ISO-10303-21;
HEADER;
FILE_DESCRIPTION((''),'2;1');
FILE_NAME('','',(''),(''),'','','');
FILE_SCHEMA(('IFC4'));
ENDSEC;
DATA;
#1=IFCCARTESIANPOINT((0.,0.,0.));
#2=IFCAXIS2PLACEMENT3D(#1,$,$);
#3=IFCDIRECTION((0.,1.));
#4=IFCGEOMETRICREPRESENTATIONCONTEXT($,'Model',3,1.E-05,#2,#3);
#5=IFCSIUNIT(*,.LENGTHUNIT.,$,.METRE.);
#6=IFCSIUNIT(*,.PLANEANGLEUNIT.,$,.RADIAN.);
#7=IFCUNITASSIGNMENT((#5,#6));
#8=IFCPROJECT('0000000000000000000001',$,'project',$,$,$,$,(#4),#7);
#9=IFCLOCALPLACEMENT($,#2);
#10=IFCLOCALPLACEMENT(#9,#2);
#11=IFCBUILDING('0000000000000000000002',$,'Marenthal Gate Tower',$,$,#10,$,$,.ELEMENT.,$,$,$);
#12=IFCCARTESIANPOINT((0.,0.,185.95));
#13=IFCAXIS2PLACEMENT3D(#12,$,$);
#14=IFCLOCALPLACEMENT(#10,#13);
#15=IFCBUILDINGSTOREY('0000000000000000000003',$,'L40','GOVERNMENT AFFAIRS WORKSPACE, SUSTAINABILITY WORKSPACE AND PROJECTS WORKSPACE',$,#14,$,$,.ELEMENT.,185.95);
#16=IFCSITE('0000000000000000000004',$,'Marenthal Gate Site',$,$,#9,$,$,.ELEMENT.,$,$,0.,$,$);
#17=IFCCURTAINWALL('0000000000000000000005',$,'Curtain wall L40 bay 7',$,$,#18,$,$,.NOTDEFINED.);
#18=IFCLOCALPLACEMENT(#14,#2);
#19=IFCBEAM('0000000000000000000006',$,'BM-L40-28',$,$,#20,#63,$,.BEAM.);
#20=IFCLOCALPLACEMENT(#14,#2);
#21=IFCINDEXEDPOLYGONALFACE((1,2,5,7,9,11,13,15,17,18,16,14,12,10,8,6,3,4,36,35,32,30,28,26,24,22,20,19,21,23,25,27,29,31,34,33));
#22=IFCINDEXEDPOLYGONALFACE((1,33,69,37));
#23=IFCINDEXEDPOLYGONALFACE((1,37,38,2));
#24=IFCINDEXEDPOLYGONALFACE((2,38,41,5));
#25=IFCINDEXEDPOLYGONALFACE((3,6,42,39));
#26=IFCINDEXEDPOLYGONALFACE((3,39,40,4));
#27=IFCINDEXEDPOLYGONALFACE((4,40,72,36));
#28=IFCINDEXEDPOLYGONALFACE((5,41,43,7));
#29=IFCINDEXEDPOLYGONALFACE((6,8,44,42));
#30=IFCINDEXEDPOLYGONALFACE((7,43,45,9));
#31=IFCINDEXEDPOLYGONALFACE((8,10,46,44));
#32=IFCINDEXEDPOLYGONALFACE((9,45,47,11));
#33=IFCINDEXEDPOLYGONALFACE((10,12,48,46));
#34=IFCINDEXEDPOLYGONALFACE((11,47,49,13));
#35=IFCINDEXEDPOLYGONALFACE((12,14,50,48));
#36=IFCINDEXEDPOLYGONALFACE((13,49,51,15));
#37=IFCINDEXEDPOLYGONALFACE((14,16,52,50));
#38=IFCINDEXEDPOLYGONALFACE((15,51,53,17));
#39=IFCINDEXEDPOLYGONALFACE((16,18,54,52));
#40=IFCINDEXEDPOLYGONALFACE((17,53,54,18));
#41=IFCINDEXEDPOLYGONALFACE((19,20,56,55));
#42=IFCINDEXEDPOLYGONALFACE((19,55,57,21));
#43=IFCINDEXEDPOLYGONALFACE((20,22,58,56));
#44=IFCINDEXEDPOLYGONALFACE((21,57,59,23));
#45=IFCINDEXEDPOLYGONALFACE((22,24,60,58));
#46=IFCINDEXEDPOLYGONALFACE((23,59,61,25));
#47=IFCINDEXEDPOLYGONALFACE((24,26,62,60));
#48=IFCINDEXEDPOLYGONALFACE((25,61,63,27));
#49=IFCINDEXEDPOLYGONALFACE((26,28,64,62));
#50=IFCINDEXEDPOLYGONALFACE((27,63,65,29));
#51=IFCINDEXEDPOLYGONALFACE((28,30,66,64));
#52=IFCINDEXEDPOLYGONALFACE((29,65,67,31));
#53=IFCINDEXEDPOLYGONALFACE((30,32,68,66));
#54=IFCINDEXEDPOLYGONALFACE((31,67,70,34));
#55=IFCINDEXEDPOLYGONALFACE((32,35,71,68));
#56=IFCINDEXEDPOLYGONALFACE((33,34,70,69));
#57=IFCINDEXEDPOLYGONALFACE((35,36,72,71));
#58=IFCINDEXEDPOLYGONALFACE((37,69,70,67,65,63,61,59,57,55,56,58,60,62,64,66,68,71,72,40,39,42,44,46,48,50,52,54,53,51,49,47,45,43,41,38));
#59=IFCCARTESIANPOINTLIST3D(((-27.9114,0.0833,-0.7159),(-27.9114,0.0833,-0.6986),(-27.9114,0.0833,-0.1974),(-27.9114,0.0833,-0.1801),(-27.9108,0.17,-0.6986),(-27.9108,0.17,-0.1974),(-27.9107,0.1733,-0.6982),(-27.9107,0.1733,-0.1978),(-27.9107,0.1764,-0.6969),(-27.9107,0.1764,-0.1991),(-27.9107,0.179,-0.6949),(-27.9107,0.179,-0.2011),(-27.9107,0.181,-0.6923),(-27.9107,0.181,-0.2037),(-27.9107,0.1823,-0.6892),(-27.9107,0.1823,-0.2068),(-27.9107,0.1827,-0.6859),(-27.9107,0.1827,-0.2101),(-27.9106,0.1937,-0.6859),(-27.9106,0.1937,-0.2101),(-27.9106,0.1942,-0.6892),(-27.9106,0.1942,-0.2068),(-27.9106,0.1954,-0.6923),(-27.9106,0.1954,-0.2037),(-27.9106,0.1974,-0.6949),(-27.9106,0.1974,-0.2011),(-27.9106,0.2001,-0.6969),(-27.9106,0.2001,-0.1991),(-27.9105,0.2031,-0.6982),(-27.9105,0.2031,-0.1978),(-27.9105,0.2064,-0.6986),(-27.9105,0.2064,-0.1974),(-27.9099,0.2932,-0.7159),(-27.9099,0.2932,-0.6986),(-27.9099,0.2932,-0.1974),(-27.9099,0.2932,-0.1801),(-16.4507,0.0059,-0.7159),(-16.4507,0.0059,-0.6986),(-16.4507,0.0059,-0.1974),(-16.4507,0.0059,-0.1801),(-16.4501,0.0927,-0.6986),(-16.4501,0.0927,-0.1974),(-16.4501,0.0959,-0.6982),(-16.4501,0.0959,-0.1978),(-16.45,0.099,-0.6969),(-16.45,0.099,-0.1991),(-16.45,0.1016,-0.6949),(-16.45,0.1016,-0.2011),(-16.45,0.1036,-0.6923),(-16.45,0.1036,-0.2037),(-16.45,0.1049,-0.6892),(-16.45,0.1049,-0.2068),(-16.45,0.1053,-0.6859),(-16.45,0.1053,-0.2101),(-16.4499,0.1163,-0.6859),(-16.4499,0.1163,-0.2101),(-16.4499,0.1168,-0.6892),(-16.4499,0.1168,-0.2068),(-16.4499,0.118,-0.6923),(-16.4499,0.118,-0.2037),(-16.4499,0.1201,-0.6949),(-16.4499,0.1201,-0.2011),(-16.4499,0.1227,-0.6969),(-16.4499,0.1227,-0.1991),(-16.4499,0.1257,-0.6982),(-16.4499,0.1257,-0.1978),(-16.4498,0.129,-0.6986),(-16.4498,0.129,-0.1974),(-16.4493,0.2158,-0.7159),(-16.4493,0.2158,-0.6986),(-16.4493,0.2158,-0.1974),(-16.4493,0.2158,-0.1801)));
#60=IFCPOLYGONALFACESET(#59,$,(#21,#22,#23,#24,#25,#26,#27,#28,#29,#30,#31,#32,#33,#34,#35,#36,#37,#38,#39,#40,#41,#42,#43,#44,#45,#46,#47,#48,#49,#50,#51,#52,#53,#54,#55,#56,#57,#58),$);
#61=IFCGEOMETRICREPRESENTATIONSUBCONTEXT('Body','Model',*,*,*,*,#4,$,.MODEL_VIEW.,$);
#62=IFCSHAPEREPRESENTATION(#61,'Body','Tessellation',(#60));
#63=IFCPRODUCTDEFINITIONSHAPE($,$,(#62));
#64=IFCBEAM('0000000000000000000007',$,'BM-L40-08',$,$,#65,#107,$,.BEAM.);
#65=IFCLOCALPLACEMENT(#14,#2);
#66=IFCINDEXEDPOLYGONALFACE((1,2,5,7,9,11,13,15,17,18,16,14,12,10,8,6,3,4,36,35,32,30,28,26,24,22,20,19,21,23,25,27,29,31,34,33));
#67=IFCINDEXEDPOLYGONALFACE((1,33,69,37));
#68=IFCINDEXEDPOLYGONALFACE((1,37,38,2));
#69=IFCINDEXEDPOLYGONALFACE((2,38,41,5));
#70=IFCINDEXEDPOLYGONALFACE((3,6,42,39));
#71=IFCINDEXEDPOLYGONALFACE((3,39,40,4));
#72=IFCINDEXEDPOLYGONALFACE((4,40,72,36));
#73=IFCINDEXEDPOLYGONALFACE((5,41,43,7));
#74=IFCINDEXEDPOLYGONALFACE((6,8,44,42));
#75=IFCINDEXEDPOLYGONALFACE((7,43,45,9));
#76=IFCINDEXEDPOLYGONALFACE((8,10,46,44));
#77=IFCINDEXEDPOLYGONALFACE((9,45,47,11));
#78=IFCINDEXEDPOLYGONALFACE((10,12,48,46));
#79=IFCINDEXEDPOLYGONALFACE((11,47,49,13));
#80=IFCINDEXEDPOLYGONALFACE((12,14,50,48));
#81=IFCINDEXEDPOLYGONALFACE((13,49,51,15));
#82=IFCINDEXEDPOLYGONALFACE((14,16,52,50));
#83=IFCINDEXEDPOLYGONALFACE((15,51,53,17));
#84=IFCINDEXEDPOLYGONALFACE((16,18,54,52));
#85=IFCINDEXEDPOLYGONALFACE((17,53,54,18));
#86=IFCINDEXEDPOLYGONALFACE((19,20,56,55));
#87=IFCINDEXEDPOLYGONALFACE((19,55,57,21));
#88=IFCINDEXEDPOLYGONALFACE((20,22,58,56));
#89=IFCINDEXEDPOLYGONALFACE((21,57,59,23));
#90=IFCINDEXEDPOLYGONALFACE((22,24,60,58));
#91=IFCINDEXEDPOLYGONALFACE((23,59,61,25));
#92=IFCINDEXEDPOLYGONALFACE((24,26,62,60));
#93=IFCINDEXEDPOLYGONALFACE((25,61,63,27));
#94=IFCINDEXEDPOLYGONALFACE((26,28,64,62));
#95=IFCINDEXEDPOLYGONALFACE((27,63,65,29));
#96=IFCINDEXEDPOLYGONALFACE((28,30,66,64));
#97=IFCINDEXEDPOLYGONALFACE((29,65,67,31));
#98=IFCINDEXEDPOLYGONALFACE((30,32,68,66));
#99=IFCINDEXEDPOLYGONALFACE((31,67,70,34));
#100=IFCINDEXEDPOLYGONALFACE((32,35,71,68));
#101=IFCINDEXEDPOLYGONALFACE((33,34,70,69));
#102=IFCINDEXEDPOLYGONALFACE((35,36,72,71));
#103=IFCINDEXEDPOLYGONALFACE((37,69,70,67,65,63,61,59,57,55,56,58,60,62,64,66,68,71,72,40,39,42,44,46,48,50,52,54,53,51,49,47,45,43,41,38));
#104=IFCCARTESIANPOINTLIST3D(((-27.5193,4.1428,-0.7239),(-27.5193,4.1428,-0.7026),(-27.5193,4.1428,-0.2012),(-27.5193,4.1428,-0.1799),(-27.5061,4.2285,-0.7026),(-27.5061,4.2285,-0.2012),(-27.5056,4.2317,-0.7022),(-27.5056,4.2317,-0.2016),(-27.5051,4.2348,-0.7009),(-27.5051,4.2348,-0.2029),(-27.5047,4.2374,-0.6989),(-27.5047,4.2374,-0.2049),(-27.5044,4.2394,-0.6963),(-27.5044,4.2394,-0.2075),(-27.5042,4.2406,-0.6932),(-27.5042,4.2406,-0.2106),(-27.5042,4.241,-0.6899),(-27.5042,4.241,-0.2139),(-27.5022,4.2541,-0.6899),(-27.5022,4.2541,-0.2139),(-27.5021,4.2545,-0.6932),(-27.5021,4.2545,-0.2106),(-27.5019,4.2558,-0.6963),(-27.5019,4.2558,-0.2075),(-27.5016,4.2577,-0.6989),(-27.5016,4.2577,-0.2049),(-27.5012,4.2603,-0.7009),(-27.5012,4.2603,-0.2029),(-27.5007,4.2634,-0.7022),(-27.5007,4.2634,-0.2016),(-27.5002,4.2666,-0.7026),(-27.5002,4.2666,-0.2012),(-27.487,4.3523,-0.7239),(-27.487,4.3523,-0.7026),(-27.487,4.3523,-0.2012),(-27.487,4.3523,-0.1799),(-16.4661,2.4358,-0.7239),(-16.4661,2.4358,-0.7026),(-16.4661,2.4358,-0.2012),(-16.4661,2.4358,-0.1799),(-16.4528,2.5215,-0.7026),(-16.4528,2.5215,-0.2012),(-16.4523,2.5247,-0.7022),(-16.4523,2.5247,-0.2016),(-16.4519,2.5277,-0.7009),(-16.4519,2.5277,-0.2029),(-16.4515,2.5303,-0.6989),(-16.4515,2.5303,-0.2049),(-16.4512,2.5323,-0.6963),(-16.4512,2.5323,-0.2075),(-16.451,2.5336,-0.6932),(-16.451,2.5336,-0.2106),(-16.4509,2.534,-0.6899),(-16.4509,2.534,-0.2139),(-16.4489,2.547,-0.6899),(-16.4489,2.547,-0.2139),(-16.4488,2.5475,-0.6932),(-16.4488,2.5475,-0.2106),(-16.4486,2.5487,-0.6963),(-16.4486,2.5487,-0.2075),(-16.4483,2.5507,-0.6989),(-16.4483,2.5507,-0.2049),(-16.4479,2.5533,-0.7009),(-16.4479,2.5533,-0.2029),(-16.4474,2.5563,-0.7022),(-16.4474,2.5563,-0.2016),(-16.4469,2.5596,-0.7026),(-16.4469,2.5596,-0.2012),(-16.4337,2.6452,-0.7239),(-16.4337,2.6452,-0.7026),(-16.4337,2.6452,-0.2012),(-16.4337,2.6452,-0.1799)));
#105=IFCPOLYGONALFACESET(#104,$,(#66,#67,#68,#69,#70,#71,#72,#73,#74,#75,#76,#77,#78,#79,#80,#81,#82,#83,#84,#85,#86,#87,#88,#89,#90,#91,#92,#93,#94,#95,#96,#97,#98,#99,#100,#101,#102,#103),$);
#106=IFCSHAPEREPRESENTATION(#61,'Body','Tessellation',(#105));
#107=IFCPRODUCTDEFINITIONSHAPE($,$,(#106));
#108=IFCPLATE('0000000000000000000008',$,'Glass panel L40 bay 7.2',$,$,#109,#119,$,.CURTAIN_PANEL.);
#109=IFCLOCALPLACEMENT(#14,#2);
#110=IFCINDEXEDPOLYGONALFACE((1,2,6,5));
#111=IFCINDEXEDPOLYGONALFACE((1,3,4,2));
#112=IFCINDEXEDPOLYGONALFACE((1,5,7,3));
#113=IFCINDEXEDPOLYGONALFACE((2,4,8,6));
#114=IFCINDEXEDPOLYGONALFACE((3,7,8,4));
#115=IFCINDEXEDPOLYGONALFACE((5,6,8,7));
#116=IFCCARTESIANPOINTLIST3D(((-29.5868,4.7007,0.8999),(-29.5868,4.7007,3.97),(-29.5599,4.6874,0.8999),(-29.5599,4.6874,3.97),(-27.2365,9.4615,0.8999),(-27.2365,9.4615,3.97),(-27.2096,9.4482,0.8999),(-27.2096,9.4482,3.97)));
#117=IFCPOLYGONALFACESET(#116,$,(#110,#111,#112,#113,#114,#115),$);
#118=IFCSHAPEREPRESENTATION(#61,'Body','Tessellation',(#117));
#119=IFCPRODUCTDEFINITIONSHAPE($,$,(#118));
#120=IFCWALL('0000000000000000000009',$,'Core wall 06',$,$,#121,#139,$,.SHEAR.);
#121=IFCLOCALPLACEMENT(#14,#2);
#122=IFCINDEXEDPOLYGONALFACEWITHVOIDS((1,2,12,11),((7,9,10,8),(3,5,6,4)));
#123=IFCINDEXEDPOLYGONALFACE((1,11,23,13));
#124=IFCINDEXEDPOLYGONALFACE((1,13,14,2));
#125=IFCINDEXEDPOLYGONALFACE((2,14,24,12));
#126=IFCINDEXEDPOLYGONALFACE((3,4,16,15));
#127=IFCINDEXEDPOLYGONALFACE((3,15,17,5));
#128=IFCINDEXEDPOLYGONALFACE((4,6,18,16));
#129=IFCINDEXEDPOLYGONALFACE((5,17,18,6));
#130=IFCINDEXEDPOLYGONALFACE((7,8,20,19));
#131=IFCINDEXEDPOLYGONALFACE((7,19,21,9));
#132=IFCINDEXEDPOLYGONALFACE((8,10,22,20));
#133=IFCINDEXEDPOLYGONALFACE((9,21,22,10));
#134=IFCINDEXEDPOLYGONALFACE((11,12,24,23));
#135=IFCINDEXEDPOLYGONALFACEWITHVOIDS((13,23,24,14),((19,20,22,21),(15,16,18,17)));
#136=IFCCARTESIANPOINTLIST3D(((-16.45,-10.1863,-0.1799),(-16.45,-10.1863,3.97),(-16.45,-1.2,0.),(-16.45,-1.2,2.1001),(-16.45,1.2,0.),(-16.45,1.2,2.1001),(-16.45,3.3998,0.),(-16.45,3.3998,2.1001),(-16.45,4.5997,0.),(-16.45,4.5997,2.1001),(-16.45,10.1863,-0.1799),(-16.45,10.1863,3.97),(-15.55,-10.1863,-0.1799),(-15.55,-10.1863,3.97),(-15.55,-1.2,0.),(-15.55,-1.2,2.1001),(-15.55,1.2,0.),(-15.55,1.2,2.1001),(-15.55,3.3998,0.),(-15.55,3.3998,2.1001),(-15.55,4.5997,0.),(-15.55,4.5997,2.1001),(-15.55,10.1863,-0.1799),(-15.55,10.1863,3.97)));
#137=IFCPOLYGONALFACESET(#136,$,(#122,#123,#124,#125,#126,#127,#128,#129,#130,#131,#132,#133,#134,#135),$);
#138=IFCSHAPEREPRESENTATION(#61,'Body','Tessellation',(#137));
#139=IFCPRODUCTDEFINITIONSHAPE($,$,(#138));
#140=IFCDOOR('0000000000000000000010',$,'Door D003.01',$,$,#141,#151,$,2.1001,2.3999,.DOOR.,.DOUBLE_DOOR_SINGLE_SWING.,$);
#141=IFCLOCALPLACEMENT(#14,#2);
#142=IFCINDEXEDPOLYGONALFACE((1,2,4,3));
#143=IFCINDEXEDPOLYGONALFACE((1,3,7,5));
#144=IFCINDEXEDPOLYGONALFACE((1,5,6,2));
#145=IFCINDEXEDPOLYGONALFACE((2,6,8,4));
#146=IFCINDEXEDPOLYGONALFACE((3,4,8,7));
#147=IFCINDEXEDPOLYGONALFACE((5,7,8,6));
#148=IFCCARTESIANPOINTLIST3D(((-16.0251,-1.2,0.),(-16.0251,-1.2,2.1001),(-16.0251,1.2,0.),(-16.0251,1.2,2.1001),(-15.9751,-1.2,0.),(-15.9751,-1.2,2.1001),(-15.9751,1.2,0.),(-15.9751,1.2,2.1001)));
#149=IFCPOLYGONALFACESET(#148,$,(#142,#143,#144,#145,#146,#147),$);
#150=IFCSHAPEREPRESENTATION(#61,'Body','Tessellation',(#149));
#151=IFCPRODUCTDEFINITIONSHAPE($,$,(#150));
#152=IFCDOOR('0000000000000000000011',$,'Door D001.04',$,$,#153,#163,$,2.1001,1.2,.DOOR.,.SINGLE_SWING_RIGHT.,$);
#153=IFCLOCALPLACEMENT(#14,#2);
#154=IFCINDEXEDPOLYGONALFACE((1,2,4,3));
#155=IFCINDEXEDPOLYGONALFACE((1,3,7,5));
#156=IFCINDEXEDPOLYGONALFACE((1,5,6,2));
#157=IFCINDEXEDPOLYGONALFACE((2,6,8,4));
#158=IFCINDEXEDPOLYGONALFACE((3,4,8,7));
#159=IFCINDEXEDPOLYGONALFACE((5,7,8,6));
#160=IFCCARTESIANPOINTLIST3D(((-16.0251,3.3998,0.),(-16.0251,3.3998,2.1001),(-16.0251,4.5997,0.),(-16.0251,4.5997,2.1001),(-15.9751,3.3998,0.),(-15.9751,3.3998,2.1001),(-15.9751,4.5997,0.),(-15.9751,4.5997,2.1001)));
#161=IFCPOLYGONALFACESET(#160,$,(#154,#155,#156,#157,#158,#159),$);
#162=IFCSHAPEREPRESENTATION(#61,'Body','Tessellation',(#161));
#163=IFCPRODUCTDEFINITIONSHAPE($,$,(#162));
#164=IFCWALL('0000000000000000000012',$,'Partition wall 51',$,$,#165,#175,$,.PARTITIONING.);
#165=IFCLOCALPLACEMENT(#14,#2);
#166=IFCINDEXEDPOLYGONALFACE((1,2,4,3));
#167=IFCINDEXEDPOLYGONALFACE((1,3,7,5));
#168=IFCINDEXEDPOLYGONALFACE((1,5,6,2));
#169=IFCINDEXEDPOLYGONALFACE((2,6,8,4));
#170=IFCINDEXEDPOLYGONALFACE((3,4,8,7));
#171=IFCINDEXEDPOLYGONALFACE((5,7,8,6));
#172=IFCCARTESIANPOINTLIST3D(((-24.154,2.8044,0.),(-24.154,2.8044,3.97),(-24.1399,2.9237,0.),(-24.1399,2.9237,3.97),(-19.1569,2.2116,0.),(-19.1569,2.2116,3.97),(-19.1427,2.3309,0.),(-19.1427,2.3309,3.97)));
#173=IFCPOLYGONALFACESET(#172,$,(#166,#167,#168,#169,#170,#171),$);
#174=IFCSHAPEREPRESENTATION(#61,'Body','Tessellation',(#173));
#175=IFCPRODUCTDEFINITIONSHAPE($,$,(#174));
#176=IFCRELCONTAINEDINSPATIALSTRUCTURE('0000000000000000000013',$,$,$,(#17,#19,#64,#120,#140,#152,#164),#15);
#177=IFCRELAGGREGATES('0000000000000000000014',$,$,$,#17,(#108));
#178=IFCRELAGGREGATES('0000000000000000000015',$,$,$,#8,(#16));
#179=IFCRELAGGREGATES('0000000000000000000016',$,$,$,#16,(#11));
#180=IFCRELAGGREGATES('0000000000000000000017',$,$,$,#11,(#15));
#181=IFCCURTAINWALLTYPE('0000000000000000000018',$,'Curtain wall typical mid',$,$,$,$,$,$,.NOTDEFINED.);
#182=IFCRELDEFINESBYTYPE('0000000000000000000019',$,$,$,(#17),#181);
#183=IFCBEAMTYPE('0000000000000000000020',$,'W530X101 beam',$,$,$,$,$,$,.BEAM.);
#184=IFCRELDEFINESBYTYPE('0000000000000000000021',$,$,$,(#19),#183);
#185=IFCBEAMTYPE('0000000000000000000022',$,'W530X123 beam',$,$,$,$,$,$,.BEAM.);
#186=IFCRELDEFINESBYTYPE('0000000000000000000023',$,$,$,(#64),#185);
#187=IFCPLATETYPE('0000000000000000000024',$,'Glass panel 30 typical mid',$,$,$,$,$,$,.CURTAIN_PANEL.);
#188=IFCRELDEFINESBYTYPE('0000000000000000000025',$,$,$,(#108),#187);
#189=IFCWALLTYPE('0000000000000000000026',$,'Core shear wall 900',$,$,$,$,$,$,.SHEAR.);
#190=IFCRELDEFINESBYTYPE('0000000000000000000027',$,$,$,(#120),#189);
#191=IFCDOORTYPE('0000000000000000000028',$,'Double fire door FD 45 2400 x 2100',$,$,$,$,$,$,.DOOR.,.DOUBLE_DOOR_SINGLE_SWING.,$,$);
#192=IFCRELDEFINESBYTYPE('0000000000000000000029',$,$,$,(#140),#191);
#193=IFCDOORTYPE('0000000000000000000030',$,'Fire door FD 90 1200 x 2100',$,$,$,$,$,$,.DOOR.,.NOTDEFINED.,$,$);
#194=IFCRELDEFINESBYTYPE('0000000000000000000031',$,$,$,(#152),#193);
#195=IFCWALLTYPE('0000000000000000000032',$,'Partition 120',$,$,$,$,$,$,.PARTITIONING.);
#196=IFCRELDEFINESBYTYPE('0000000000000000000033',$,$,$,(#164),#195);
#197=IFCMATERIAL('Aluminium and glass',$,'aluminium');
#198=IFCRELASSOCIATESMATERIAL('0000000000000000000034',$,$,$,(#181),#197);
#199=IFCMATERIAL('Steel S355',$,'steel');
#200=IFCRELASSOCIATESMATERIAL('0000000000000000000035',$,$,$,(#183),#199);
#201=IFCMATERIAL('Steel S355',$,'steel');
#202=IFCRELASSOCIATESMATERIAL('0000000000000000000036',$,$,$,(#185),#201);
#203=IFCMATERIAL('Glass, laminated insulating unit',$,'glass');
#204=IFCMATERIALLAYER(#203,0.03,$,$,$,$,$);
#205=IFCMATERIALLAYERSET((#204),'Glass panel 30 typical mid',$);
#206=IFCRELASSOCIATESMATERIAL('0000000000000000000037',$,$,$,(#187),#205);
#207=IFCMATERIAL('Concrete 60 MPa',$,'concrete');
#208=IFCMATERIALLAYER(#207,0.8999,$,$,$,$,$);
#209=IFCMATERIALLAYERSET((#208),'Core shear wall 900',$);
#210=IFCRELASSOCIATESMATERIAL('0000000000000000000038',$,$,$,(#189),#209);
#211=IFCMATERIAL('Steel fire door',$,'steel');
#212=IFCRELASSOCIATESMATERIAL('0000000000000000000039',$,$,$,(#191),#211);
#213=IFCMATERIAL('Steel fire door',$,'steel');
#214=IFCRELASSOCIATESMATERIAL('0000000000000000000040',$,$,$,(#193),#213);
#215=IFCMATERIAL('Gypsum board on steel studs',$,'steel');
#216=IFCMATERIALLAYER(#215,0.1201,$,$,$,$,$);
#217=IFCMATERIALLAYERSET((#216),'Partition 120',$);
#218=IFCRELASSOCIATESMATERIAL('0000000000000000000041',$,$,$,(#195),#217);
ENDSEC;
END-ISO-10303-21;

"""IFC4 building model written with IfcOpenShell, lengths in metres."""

from ifc_helpers import new_model, si_unit, direction, frame, frame_2d, origin, origin_2d, place, context, subcontext, project, spatial, rectangle, i_section, extrude, material, layer, layer_set, material_profile, profile_set, type_object, element, fill, aggregate, save


model = new_model("IFC4")

# Units and contexts
model_context = context("Model", 3, precision=1e-05, world=origin(), true_north=direction((0.0, 1.0)))
body_context = subcontext(model_context, "Body", "Model", "MODEL_VIEW")
ifc_project = project(units=[si_unit("LENGTHUNIT", "METRE"), si_unit("PLANEANGLEUNIT", "RADIAN")], contexts=[model_context])

# Site, building, storey
site_placement = place(None, origin())
site = spatial("IfcSite", under=ifc_project, at=site_placement, Name="Marenthal Gate Site", CompositionType="ELEMENT", RefElevation=0.0)
building_placement = place(site_placement, origin())
building = spatial("IfcBuilding", under=site, at=building_placement, Name="Marenthal Gate Tower", CompositionType="ELEMENT")
storey_placement = place(building_placement, frame((0.0, 0.0, 185.95)))
storey = spatial("IfcBuildingStorey", under=building, at=storey_placement, Name="L40", Description="GOVERNMENT AFFAIRS WORKSPACE, SUSTAINABILITY WORKSPACE AND PROJECTS WORKSPACE", CompositionType="ELEMENT", Elevation=185.95)

# Curtain wall
ifc_material_1 = material(Name="Aluminium and glass", Category="aluminium")
curtain_wall_type = type_object("IfcCurtainWallType", Name="Curtain wall typical mid", PredefinedType="NOTDEFINED", material=ifc_material_1)
curtain_wall_placement = place(storey_placement, origin())
curtain_wall = element("IfcCurtainWall", 1, at=curtain_wall_placement, inside=storey, type_object=curtain_wall_type, Name="Curtain wall L40 bay 7", PredefinedType="NOTDEFINED")

# Beams
ifc_material_2 = material(Name="Steel S355", Category="steel")
ifc_material_profile_1 = material_profile(ifc_material_2, i_section(OverallWidth=0.21, OverallDepth=0.5359, WebThickness=0.011, FlangeThickness=0.0173, FilletRadius=0.0127, at=origin_2d()), Name="W530X101")
ifc_profile_set_1 = profile_set([ifc_material_profile_1], Name="Steel S355")
beam_type_1 = type_object("IfcBeamType", Name="W530X101 beam", PredefinedType="BEAM", material=ifc_profile_set_1)
beam_1_placement = place(storey_placement, frame((-27.9106, 0.1882, -0.448), z_axis=(0.999977, -0.006753, 0.0), x_axis=(0.006753, 0.999977, 0.0)))
element("IfcBeam", 2, at=beam_1_placement, inside=storey, type_object=beam_type_1, Name="BM-L40-28", PredefinedType="BEAM", context=body_context, shape_type="SweptSolid", body=[
    extrude(i_section(OverallWidth=0.21, OverallDepth=0.5359, WebThickness=0.011, FlangeThickness=0.0173, FilletRadius=0.0127, at=origin_2d()), origin(), (0.0, 0.0, 1.0), 11.4609),
])
ifc_material_3 = material(Name="Steel S355", Category="steel")
ifc_material_profile_2 = material_profile(ifc_material_3, i_section(OverallWidth=0.2119, OverallDepth=0.5439, WebThickness=0.0132, FlangeThickness=0.0212, FilletRadius=0.0127, at=origin_2d()), Name="W530X123")
ifc_profile_set_2 = profile_set([ifc_material_profile_2], Name="Steel S355")
beam_type_2 = type_object("IfcBeamType", Name="W530X123 beam", PredefinedType="BEAM", material=ifc_profile_set_2)
beam_2_placement = place(storey_placement, frame((-27.5032, 4.2476, -0.4519), z_axis=(0.988284, -0.152628, 0.0), x_axis=(0.152628, 0.988284, 0.0)))
element("IfcBeam", 3, at=beam_2_placement, inside=storey, type_object=beam_type_2, Name="BM-L40-08", PredefinedType="BEAM", context=body_context, shape_type="SweptSolid", body=[
    extrude(i_section(OverallWidth=0.2119, OverallDepth=0.5439, WebThickness=0.0132, FlangeThickness=0.0212, FilletRadius=0.0127, at=origin_2d()), origin(), (0.0, 0.0, 1.0), 11.1843),
])

# Plate
ifc_material_4 = material(Name="Glass, laminated insulating unit", Category="glass")
ifc_layer_1 = layer(ifc_material_4, 0.03)
ifc_layer_set_1 = layer_set([ifc_layer_1], Name="Glass panel 30 typical mid")
plate_type = type_object("IfcPlateType", Name="Glass panel 30 typical mid", PredefinedType="CURTAIN_PANEL", material=ifc_layer_set_1)
plate_placement = place(storey_placement, frame((-28.3982, 7.0745, 0.8999), z_axis=(0.0, 0.0, 1.0), x_axis=(-0.442678, -0.896681, 0.0)))
plate = element("IfcPlate", 4, at=plate_placement, type_object=plate_type, Name="Glass panel L40 bay 7.2", PredefinedType="CURTAIN_PANEL", context=body_context, shape_type="SweptSolid", body=[
    extrude(rectangle(XDim=5.3093, YDim=0.03, at=origin_2d()), origin(), (0.0, 0.0, 1.0), 3.0701),
])
aggregate(curtain_wall, [plate])

# Wall, openings, doors
ifc_material_5 = material(Name="Concrete 60 MPa", Category="concrete")
ifc_layer_2 = layer(ifc_material_5, 0.8999)
ifc_layer_set_2 = layer_set([ifc_layer_2], Name="Core shear wall 900")
wall_type_1 = type_object("IfcWallType", Name="Core shear wall 900", PredefinedType="SHEAR", material=ifc_layer_set_2)
wall_1_placement = place(storey_placement, frame((-16.0, 10.1863, -0.1799), z_axis=(0.0, 0.0, 1.0), x_axis=(0.0, -1.0, 0.0)))
wall_1 = element("IfcWall", 5, at=wall_1_placement, inside=storey, type_object=wall_type_1, Name="Core wall 06", PredefinedType="SHEAR", context=body_context, shape_type="SweptSolid", body=[
    extrude(rectangle(XDim=20.3726, YDim=0.8999, at=frame_2d((10.1863, 0.0))), origin(), (0.0, 0.0, 1.0), 4.1499),
])
opening_1_placement = place(wall_1_placement, frame((8.9863, 0.0, 0.1799)))
opening_1 = element("IfcOpeningElement", 6, at=opening_1_placement, cuts=wall_1, PredefinedType="OPENING", context=body_context, shape_type="SweptSolid", body=[
    extrude(rectangle(XDim=2.3999, YDim=2.1001, at=frame_2d((1.2, 1.05))), frame((0.0, 0.46, 0.0), z_axis=(0.0, -1.0, 0.0), x_axis=(1.0, 0.0, 0.0)), (0.0, 0.0, 1.0), 0.9199),
])
opening_2_placement = place(wall_1_placement, frame((5.5864, 0.0, 0.1799)))
opening_2 = element("IfcOpeningElement", 7, at=opening_2_placement, cuts=wall_1, PredefinedType="OPENING", context=body_context, shape_type="SweptSolid", body=[
    extrude(rectangle(XDim=1.2, YDim=2.1001, at=frame_2d((0.6001, 1.05))), frame((0.0, 0.46, 0.0), z_axis=(0.0, -1.0, 0.0), x_axis=(1.0, 0.0, 0.0)), (0.0, 0.0, 1.0), 0.9199),
])
ifc_material_6 = material(Name="Steel fire door", Category="steel")
door_type_1 = type_object("IfcDoorType", Name="Double fire door FD 45 2400 x 2100", OperationType="DOUBLE_DOOR_SINGLE_SWING", PredefinedType="DOOR", material=ifc_material_6)
door_1_placement = place(opening_1_placement, origin())
door_1 = element("IfcDoor", 8, at=door_1_placement, inside=storey, type_object=door_type_1, Name="Door D003.01", OperationType="DOUBLE_DOOR_SINGLE_SWING", OverallHeight=2.1001, OverallWidth=2.3999, PredefinedType="DOOR", context=body_context, shape_type="SweptSolid", body=[
    extrude(rectangle(XDim=2.3999, YDim=2.1001, at=frame_2d((1.2, 1.05))), frame((0.0, 0.0249, 0.0), z_axis=(0.0, -1.0, 0.0), x_axis=(1.0, 0.0, 0.0)), (0.0, 0.0, 1.0), 0.05),
])
fill(opening_1, door_1)
ifc_material_7 = material(Name="Steel fire door", Category="steel")
door_type_2 = type_object("IfcDoorType", Name="Fire door FD 90 1200 x 2100", OperationType="NOTDEFINED", PredefinedType="DOOR", material=ifc_material_7)
door_2_placement = place(opening_2_placement, origin())
door_2 = element("IfcDoor", 9, at=door_2_placement, inside=storey, type_object=door_type_2, Name="Door D001.04", OperationType="SINGLE_SWING_RIGHT", OverallHeight=2.1001, OverallWidth=1.2, PredefinedType="DOOR", context=body_context, shape_type="SweptSolid", body=[
    extrude(rectangle(XDim=1.2, YDim=2.1001, at=frame_2d((0.6001, 1.05))), frame((0.0, 0.0249, 0.0), z_axis=(0.0, -1.0, 0.0), x_axis=(1.0, 0.0, 0.0)), (0.0, 0.0, 1.0), 0.05),
])
fill(opening_2, door_2)

# Wall
ifc_material_8 = material(Name="Gypsum board on steel studs", Category="steel")
ifc_layer_3 = layer(ifc_material_8, 0.1201)
ifc_layer_set_3 = layer_set([ifc_layer_3], Name="Partition 120")
wall_type_2 = type_object("IfcWallType", Name="Partition 120", PredefinedType="PARTITIONING", material=ifc_layer_set_3)
wall_2_placement = place(storey_placement, frame((-24.147, 2.864, 0.0), z_axis=(0.0, 0.0, 1.0), x_axis=(0.993038, -0.117798, 0.0)))
element("IfcWall", 10, at=wall_2_placement, inside=storey, type_object=wall_type_2, Name="Partition wall 51", PredefinedType="PARTITIONING", context=body_context, shape_type="SweptSolid", body=[
    extrude(rectangle(XDim=5.0322, YDim=0.1201, at=frame_2d((2.5161, 0.0))), origin(), (0.0, 0.0, 1.0), 3.97),
])

save(model, "model.ifc")
